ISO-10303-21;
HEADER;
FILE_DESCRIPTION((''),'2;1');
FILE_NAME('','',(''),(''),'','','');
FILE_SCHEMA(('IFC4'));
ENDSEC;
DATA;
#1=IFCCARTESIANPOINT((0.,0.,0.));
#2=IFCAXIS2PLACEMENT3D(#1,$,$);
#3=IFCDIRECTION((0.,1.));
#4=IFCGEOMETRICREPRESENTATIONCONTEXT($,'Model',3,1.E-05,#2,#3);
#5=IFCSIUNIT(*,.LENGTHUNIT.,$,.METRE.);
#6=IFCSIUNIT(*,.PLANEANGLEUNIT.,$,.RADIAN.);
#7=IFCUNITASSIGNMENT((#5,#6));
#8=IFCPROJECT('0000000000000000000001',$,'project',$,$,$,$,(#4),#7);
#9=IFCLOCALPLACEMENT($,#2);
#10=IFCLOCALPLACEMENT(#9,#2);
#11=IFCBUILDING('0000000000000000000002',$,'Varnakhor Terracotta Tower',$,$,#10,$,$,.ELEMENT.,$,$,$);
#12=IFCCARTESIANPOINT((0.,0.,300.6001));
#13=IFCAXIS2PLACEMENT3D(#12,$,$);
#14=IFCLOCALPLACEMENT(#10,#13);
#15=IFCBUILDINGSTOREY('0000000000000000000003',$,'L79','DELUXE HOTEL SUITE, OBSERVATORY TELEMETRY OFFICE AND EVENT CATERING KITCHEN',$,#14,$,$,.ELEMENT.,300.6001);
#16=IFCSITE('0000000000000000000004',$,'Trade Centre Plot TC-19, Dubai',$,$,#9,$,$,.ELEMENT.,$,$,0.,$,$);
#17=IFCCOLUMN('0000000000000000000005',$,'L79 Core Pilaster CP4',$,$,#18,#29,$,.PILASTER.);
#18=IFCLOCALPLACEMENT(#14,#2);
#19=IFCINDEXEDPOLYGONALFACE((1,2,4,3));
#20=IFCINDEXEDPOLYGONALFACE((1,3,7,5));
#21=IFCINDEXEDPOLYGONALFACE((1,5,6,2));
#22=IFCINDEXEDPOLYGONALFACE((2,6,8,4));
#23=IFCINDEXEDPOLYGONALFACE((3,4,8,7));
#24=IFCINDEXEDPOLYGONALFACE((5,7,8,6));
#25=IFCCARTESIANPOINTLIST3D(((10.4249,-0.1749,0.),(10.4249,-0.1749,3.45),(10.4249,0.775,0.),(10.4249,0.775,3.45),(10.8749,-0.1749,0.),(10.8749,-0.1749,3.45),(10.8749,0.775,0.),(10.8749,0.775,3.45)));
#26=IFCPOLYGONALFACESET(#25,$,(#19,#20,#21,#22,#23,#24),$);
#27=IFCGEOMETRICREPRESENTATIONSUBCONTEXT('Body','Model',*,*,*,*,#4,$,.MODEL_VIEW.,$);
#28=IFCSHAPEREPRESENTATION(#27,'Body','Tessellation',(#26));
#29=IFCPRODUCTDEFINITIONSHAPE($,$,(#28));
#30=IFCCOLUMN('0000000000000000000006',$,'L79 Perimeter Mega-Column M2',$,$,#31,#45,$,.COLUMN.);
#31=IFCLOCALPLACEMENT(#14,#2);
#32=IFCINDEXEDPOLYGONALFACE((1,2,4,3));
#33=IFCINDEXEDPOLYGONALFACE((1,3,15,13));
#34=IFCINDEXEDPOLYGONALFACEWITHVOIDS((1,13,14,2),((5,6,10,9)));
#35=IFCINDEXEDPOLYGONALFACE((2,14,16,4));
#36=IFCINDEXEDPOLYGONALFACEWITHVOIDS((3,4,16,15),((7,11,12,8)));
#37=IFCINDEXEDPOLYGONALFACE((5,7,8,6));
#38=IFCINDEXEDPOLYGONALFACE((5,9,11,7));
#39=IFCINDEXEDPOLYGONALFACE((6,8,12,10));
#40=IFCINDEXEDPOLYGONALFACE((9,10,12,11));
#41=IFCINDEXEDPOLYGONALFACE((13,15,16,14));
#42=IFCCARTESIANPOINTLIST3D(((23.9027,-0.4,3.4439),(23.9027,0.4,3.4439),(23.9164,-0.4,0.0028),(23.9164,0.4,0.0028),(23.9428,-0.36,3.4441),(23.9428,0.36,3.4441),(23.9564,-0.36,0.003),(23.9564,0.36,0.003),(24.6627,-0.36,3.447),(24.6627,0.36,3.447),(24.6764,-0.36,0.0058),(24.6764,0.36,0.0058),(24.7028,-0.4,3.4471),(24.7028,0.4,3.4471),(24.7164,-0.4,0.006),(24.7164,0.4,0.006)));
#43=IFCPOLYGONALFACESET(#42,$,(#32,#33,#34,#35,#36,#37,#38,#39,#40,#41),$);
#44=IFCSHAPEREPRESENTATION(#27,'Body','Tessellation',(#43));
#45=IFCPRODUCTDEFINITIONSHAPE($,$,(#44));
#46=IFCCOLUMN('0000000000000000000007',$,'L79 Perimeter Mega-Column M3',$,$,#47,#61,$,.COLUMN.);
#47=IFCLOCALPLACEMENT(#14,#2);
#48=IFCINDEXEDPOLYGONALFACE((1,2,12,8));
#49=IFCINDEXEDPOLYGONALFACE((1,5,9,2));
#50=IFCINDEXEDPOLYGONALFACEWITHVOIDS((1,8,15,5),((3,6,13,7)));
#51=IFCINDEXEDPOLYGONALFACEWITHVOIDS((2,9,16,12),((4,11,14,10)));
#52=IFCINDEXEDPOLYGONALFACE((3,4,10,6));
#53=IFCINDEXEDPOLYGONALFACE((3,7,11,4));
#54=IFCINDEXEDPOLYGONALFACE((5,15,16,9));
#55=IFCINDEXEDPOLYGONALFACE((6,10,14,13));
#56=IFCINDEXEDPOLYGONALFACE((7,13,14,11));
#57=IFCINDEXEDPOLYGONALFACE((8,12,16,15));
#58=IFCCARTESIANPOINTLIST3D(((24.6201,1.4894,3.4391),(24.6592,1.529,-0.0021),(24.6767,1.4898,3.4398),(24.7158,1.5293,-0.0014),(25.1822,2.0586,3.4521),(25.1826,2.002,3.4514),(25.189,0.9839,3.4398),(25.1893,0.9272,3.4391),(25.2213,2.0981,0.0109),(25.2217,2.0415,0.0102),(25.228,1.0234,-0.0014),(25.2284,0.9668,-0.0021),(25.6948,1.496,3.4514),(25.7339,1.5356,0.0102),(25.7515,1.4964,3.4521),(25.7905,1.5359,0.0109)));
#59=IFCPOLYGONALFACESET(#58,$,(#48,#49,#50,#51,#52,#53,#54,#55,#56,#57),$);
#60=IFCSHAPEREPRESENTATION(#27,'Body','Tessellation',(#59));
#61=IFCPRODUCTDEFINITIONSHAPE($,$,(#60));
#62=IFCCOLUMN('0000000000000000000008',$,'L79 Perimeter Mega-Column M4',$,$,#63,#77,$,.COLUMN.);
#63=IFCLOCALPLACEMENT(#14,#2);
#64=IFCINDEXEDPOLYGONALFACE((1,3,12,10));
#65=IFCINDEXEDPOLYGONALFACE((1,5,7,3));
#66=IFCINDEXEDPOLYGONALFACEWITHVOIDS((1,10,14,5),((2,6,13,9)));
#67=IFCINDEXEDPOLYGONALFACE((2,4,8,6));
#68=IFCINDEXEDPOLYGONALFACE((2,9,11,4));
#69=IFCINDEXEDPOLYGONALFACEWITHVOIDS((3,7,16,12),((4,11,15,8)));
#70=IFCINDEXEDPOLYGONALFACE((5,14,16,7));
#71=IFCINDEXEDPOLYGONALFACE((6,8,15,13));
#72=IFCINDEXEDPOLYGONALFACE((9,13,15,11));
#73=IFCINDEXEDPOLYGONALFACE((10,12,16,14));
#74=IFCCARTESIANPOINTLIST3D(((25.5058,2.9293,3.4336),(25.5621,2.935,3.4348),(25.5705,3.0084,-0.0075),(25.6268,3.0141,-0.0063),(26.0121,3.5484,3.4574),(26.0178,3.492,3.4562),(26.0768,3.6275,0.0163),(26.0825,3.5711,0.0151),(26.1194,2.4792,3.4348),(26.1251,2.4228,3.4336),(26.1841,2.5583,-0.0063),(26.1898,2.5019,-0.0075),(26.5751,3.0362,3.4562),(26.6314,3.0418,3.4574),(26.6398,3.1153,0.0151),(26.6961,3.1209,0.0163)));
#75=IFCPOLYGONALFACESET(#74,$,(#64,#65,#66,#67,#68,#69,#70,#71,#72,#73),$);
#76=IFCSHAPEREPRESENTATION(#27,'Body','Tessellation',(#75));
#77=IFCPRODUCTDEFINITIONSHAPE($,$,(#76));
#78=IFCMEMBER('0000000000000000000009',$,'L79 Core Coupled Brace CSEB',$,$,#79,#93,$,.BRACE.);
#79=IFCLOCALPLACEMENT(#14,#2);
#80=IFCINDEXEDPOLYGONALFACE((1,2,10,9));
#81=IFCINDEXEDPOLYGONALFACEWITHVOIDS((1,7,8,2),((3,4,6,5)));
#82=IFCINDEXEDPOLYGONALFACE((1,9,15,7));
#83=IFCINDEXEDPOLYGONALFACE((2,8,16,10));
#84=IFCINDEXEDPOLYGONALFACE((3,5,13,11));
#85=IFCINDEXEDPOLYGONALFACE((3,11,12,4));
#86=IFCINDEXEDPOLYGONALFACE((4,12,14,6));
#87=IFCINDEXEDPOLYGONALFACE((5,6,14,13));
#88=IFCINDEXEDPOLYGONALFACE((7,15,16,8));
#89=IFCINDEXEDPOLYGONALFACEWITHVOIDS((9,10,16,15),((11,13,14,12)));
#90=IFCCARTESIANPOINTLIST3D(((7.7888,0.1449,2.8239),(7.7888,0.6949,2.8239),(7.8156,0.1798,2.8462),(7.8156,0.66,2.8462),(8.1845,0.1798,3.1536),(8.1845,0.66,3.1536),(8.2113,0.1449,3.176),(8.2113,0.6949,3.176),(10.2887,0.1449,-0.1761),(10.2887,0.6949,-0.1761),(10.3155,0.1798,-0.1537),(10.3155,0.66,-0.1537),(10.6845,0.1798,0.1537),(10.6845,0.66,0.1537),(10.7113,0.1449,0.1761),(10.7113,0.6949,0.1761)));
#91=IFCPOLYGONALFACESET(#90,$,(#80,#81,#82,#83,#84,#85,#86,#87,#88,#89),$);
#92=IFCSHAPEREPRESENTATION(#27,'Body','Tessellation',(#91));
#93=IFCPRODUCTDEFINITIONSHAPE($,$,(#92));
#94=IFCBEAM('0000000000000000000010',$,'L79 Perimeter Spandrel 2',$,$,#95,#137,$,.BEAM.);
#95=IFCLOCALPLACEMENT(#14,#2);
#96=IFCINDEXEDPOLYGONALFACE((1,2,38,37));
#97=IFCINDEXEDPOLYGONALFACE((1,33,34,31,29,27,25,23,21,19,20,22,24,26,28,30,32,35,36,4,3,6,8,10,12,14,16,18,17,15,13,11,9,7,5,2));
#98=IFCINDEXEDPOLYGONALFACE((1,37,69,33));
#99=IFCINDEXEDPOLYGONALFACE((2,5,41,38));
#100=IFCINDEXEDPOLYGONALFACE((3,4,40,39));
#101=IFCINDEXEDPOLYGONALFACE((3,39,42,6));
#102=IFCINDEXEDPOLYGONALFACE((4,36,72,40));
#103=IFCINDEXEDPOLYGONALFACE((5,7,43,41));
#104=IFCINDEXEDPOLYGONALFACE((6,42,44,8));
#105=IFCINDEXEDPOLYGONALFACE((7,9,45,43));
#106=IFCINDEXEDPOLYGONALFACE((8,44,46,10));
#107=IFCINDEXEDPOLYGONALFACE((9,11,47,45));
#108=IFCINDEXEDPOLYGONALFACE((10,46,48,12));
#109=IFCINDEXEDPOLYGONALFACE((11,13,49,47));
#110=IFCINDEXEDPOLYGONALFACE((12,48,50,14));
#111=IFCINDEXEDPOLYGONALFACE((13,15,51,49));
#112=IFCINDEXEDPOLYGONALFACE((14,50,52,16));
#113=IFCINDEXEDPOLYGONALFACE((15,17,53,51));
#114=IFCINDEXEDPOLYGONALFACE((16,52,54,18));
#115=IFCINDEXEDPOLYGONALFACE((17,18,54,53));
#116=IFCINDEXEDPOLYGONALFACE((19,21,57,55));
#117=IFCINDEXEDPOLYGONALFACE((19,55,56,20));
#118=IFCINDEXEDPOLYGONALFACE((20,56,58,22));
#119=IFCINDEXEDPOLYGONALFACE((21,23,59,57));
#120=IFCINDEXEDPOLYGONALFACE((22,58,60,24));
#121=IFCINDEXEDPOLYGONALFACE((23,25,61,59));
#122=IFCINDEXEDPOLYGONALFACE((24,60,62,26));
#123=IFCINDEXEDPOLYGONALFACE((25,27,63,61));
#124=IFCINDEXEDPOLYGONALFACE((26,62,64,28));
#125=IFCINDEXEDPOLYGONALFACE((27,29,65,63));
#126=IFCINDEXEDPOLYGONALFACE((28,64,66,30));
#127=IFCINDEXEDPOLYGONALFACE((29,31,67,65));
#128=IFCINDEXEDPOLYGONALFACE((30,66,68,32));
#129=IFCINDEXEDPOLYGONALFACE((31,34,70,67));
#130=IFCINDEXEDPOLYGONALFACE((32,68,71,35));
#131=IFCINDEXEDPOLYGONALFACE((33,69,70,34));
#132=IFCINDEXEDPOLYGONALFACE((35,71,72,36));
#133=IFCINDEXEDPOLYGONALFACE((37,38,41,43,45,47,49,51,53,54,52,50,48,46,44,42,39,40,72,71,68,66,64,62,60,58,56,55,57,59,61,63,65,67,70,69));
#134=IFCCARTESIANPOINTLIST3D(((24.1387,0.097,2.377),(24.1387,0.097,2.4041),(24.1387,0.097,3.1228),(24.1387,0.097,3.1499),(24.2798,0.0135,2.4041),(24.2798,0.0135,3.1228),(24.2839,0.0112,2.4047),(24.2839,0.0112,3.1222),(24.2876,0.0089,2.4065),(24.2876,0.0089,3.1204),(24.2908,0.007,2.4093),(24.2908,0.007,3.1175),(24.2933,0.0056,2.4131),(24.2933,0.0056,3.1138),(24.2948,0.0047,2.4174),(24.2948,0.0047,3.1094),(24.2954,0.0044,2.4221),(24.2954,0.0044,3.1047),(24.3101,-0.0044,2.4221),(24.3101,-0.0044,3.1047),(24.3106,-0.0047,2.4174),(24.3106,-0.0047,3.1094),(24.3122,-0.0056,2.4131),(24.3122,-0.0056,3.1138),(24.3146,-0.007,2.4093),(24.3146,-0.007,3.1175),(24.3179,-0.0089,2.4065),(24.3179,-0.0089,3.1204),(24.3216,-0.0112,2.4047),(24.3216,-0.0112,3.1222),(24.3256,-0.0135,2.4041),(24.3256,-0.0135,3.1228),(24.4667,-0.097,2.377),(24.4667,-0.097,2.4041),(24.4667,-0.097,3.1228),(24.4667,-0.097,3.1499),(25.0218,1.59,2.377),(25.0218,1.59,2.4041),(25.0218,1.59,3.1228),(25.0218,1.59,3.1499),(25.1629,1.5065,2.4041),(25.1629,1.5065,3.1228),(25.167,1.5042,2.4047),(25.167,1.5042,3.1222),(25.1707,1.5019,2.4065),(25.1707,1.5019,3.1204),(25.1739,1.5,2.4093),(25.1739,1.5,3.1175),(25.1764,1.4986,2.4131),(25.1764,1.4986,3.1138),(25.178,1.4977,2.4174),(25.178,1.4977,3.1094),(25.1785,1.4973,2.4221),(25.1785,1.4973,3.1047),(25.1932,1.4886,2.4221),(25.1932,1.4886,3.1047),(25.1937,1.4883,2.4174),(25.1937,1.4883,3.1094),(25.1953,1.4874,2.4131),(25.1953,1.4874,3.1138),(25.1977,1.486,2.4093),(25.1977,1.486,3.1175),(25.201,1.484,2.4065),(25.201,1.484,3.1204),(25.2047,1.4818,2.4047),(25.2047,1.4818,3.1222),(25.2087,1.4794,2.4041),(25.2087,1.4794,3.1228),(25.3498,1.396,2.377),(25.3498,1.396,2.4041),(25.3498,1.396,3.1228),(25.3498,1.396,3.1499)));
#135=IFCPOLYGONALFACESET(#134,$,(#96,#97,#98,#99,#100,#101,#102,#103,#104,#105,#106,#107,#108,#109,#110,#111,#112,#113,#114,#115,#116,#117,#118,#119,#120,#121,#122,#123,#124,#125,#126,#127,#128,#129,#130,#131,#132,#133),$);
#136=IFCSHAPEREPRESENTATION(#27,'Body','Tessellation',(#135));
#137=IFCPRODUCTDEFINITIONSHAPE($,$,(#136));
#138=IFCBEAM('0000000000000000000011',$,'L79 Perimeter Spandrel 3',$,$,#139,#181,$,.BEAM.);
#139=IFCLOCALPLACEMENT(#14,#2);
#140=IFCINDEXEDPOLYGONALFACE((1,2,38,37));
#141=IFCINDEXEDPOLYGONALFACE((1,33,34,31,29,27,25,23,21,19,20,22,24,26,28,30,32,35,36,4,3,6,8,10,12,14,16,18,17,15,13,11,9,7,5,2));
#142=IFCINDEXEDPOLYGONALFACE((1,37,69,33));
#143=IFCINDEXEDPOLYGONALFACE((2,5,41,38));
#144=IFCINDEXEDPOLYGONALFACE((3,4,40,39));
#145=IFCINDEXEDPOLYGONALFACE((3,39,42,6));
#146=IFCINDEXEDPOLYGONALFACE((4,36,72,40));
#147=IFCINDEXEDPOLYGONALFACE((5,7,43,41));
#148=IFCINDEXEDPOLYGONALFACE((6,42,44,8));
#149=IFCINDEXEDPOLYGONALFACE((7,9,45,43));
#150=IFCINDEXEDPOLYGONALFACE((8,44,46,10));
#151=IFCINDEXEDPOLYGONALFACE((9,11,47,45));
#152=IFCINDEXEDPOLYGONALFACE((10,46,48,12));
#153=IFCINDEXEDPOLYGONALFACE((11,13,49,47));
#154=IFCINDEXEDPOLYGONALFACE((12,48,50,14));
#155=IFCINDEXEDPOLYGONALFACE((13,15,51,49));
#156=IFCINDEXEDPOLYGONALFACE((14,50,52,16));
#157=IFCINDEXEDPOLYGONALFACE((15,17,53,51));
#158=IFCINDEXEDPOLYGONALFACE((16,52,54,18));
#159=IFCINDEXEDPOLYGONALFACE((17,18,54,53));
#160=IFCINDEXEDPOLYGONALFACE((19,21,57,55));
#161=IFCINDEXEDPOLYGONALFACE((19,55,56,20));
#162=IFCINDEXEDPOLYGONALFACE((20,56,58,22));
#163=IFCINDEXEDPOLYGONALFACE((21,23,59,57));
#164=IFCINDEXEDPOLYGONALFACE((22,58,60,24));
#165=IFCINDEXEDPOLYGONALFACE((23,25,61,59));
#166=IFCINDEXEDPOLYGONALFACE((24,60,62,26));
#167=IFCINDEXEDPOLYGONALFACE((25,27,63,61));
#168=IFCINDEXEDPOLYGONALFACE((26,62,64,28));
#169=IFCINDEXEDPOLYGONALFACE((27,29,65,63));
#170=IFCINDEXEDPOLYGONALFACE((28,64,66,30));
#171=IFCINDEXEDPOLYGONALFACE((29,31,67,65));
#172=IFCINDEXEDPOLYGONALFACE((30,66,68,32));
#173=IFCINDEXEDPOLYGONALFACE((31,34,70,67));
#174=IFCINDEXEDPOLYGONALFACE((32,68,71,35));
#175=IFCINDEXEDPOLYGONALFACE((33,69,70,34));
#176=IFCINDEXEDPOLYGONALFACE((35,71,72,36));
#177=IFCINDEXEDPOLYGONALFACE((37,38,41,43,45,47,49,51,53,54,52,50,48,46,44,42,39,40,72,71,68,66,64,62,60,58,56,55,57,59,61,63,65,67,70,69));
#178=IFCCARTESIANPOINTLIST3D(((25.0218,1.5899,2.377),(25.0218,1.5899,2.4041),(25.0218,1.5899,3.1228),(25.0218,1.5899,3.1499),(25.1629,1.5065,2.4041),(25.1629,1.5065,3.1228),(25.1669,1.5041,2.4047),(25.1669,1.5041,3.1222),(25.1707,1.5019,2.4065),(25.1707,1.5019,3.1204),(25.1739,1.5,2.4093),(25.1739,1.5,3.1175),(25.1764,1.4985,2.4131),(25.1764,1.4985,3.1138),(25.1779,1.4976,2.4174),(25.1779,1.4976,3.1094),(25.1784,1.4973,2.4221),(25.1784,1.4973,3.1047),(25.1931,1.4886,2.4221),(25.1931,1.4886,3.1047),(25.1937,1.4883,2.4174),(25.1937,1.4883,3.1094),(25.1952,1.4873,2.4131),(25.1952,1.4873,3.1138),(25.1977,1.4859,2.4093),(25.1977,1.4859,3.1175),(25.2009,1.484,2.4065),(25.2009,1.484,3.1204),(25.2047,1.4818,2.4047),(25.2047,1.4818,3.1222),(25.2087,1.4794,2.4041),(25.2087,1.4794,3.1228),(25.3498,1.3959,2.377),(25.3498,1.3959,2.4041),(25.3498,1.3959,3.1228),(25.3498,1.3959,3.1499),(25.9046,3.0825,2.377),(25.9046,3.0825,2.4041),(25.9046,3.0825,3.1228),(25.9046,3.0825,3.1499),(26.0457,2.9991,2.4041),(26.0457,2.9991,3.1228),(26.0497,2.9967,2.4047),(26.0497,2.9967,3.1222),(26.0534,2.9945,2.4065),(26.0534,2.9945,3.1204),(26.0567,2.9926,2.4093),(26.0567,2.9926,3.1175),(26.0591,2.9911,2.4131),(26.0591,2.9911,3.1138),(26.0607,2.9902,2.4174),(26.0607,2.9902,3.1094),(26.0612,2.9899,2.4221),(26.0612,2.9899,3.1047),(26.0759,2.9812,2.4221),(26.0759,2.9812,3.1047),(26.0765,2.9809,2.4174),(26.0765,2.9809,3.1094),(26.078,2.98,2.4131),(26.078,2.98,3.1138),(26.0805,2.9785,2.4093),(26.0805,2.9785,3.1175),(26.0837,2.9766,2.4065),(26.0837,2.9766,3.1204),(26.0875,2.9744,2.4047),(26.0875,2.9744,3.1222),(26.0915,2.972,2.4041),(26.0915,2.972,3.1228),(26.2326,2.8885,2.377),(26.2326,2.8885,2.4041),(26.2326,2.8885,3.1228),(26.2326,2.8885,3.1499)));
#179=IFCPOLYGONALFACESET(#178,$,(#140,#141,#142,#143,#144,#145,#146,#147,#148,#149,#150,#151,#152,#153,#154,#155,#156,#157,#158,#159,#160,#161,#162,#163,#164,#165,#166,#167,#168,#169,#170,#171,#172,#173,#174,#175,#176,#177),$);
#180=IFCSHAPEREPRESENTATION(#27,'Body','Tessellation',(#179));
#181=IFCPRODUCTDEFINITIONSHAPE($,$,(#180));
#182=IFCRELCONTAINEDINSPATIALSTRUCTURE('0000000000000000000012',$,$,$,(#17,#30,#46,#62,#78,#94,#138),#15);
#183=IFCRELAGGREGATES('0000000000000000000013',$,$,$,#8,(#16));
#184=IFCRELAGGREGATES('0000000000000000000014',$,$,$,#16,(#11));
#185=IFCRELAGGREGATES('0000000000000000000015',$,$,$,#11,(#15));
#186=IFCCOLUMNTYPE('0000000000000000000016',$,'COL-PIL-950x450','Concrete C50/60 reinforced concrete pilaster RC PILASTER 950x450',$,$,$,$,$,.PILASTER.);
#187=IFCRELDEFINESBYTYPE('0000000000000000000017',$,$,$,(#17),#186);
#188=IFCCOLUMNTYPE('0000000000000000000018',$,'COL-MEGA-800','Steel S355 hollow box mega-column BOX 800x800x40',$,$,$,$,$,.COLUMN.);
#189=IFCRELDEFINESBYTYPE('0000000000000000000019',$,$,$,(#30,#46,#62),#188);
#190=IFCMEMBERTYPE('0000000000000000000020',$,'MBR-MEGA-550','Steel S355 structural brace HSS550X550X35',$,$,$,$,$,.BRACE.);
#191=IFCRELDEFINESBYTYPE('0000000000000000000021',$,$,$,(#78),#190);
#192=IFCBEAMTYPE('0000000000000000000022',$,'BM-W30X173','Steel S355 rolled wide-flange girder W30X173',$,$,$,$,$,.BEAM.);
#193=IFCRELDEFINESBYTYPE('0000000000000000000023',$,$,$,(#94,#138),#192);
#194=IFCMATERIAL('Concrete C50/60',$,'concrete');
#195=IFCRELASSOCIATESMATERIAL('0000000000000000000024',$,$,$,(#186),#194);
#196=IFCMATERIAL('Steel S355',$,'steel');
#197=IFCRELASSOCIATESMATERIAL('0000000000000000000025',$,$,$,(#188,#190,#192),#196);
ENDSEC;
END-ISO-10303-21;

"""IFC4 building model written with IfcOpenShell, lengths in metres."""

from ifc_helpers import new_model, si_unit, direction, frame, origin, origin_2d, place, context, subcontext, project, spatial, rectangle, hollow_rectangle, i_section, extrude, source, transform, mapped, material, material_profile, profile_set, type_object, element, save


model = new_model("IFC4")

# Units and contexts
model_context = context("Model", 3, precision=1e-05, world=origin(), true_north=direction((0.0, 1.0)))
body_context = subcontext(model_context, "Body", "Model", "MODEL_VIEW")
ifc_project = project(units=[si_unit("LENGTHUNIT", "METRE"), si_unit("PLANEANGLEUNIT", "RADIAN")], contexts=[model_context])

# Site, building, storey
site_placement = place(None, origin())
site = spatial("IfcSite", under=ifc_project, at=site_placement, Name="Trade Centre Plot TC-19, Dubai", CompositionType="ELEMENT", RefElevation=0.0)
building_placement = place(site_placement, origin())
building = spatial("IfcBuilding", under=site, at=building_placement, Name="Varnakhor Terracotta Tower", CompositionType="ELEMENT")
storey_placement = place(building_placement, frame((0.0, 0.0, 300.6001)))
storey = spatial("IfcBuildingStorey", under=building, at=storey_placement, Name="L79", Description="DELUXE HOTEL SUITE, OBSERVATORY TELEMETRY OFFICE AND EVENT CATERING KITCHEN", CompositionType="ELEMENT", Elevation=300.6001)

# Columns
ifc_material_1 = material(Name="Concrete C50/60", Category="concrete")
ifc_material_profile_1 = material_profile(ifc_material_1, rectangle(XDim=0.45, YDim=0.95, at=origin_2d()), Name="RC PILASTER 950x450")
ifc_profile_set_1 = profile_set([ifc_material_profile_1], Name="Concrete C50/60")
column_type_1 = type_object("IfcColumnType", Name="COL-PIL-950x450", Description="Concrete C50/60 reinforced concrete pilaster RC PILASTER 950x450", PredefinedType="PILASTER", material=ifc_profile_set_1)
shared_shape_1 = source(origin(), body_context, "Body", "SweptSolid", [
    extrude(rectangle(XDim=0.45, YDim=0.95, at=origin_2d()), origin(), (0.0, 0.0, 1.0), 3.45),
])
column_1_placement = place(storey_placement, frame((10.6499, 0.3, 0.0), z_axis=(0.0, 0.0, 1.0), x_axis=(1.0, 0.0, 0.0)))
element("IfcColumn", 1, at=column_1_placement, inside=storey, type_object=column_type_1, Name="L79 Core Pilaster CP4", PredefinedType="PILASTER", context=body_context, shape_type="MappedRepresentation", body=[
    mapped(shared_shape_1, transform((0.0, 0.0, 0.0), scale=1.0)),
])
ifc_material_2 = material(Name="Steel S355", Category="steel")
ifc_material_profile_2 = material_profile(ifc_material_2, hollow_rectangle(XDim=0.8, YDim=0.8, WallThickness=0.04, at=origin_2d()), Name="BOX 800x800x40")
ifc_profile_set_2 = profile_set([ifc_material_profile_2], Name="Steel S355")
column_type_2 = type_object("IfcColumnType", Name="COL-MEGA-800", Description="Steel S355 hollow box mega-column BOX 800x800x40", PredefinedType="COLUMN", material=ifc_profile_set_2)
shared_shape_2 = source(origin(), body_context, "Body", "SweptSolid", [
    extrude(hollow_rectangle(XDim=0.8, YDim=0.8, WallThickness=0.04, at=origin_2d()), origin(), (0.0, 0.0, 1.0), 3.4412),
])
column_2_placement = place(storey_placement, frame((24.3164, 0.0, 0.0044), z_axis=(-0.003973, 0.0, 0.999992), x_axis=(0.0, -1.0, 0.0)))
element("IfcColumn", 2, at=column_2_placement, inside=storey, type_object=column_type_2, Name="L79 Perimeter Mega-Column M2", PredefinedType="COLUMN", context=body_context, shape_type="MappedRepresentation", body=[
    mapped(shared_shape_2, transform((0.0, 0.0, 0.0), scale=1.0)),
])
shared_shape_3 = source(origin(), body_context, "Body", "SweptSolid", [
    extrude(hollow_rectangle(XDim=0.8, YDim=0.8, WallThickness=0.04, at=origin_2d()), origin(), (0.0, 0.0, 1.0), 3.4417),
])
column_3_placement = place(storey_placement, frame((25.2249, 1.5325, 0.0044), z_axis=(-0.01135, -0.011492, 0.99987), x_axis=(0.711485, -0.702701, 0.0)))
element("IfcColumn", 3, at=column_3_placement, inside=storey, type_object=column_type_2, Name="L79 Perimeter Mega-Column M3", PredefinedType="COLUMN", context=body_context, shape_type="MappedRepresentation", body=[
    mapped(shared_shape_3, transform((0.0, 0.0, 0.0), scale=1.0)),
])
shared_shape_4 = source(origin(), body_context, "Body", "SweptSolid", [
    extrude(hollow_rectangle(XDim=0.8, YDim=0.8, WallThickness=0.04, at=origin_2d()), origin(), (0.0, 0.0, 1.0), 3.4426),
])
column_4_placement = place(storey_placement, frame((26.1333, 3.0647, 0.0044), z_axis=(-0.018793, -0.022977, 0.999559), x_axis=(0.774064, -0.633108, 0.0)))
element("IfcColumn", 4, at=column_4_placement, inside=storey, type_object=column_type_2, Name="L79 Perimeter Mega-Column M4", PredefinedType="COLUMN", context=body_context, shape_type="MappedRepresentation", body=[
    mapped(shared_shape_4, transform((0.0, 0.0, 0.0), scale=1.0)),
])

# Member
ifc_material_profile_3 = material_profile(ifc_material_2, hollow_rectangle(XDim=0.55, YDim=0.55, WallThickness=0.0349, at=origin_2d()), Name="HSS550X550X35")
ifc_profile_set_3 = profile_set([ifc_material_profile_3], Name="Steel S355")
member_type_1 = type_object("IfcMemberType", Name="MBR-MEGA-550", Description="Steel S355 structural brace HSS550X550X35", PredefinedType="BRACE", material=ifc_profile_set_3)
shared_shape_5 = source(origin(), body_context, "Body", "SweptSolid", [
    extrude(hollow_rectangle(XDim=0.55, YDim=0.55, WallThickness=0.0349, at=origin_2d()), origin(), (0.0, 0.0, 1.0), 3.905),
])
member_1_placement = place(storey_placement, frame((10.5, 0.4199, 0.0), z_axis=(-0.640184, 0.0, 0.768221), x_axis=(0.0, -1.0, 0.0)))
element("IfcMember", 5, at=member_1_placement, inside=storey, type_object=member_type_1, Name="L79 Core Coupled Brace CSEB", PredefinedType="BRACE", context=body_context, shape_type="MappedRepresentation", body=[
    mapped(shared_shape_5, transform((0.0, 0.0, 0.0), scale=1.0)),
])

# Beams
ifc_material_profile_4 = material_profile(ifc_material_2, i_section(OverallWidth=0.3811, OverallDepth=0.7729, WebThickness=0.0171, FlangeThickness=0.0271, FilletRadius=0.0181, at=origin_2d()), Name="W30X173")
ifc_profile_set_4 = profile_set([ifc_material_profile_4], Name="Steel S355")
beam_type_1 = type_object("IfcBeamType", Name="BM-W30X173", Description="Steel S355 rolled wide-flange girder W30X173", PredefinedType="BEAM", material=ifc_profile_set_4)
shared_shape_6 = source(origin(), body_context, "Body", "SweptSolid", [
    extrude(i_section(OverallWidth=0.3811, OverallDepth=0.7729, WebThickness=0.0171, FlangeThickness=0.0271, FilletRadius=0.0181, at=origin_2d()), origin(), (0.0, 0.0, 1.0), 1.7346),
])
beam_1_placement = place(storey_placement, frame((24.3027, 0.0, 2.7634), z_axis=(0.509104, 0.860705, 0.0), x_axis=(-0.860705, 0.509104, 0.0)))
element("IfcBeam", 6, at=beam_1_placement, inside=storey, type_object=beam_type_1, Name="L79 Perimeter Spandrel 2", PredefinedType="BEAM", context=body_context, shape_type="MappedRepresentation", body=[
    mapped(shared_shape_6, transform((0.0, 0.0, 0.0), scale=1.0)),
])
shared_shape_7 = source(origin(), body_context, "Body", "SweptSolid", [
    extrude(i_section(OverallWidth=0.3811, OverallDepth=0.7729, WebThickness=0.0171, FlangeThickness=0.0271, FilletRadius=0.0181, at=origin_2d()), origin(), (0.0, 0.0, 1.0), 1.7341),
])
beam_2_placement = place(storey_placement, frame((25.1858, 1.4929, 2.7634), z_axis=(0.509061, 0.86073, 0.0), x_axis=(-0.86073, 0.509061, 0.0)))
element("IfcBeam", 7, at=beam_2_placement, inside=storey, type_object=beam_type_1, Name="L79 Perimeter Spandrel 3", PredefinedType="BEAM", context=body_context, shape_type="MappedRepresentation", body=[
    mapped(shared_shape_7, transform((0.0, 0.0, 0.0), scale=1.0)),
])

save(model, "model.ifc")
